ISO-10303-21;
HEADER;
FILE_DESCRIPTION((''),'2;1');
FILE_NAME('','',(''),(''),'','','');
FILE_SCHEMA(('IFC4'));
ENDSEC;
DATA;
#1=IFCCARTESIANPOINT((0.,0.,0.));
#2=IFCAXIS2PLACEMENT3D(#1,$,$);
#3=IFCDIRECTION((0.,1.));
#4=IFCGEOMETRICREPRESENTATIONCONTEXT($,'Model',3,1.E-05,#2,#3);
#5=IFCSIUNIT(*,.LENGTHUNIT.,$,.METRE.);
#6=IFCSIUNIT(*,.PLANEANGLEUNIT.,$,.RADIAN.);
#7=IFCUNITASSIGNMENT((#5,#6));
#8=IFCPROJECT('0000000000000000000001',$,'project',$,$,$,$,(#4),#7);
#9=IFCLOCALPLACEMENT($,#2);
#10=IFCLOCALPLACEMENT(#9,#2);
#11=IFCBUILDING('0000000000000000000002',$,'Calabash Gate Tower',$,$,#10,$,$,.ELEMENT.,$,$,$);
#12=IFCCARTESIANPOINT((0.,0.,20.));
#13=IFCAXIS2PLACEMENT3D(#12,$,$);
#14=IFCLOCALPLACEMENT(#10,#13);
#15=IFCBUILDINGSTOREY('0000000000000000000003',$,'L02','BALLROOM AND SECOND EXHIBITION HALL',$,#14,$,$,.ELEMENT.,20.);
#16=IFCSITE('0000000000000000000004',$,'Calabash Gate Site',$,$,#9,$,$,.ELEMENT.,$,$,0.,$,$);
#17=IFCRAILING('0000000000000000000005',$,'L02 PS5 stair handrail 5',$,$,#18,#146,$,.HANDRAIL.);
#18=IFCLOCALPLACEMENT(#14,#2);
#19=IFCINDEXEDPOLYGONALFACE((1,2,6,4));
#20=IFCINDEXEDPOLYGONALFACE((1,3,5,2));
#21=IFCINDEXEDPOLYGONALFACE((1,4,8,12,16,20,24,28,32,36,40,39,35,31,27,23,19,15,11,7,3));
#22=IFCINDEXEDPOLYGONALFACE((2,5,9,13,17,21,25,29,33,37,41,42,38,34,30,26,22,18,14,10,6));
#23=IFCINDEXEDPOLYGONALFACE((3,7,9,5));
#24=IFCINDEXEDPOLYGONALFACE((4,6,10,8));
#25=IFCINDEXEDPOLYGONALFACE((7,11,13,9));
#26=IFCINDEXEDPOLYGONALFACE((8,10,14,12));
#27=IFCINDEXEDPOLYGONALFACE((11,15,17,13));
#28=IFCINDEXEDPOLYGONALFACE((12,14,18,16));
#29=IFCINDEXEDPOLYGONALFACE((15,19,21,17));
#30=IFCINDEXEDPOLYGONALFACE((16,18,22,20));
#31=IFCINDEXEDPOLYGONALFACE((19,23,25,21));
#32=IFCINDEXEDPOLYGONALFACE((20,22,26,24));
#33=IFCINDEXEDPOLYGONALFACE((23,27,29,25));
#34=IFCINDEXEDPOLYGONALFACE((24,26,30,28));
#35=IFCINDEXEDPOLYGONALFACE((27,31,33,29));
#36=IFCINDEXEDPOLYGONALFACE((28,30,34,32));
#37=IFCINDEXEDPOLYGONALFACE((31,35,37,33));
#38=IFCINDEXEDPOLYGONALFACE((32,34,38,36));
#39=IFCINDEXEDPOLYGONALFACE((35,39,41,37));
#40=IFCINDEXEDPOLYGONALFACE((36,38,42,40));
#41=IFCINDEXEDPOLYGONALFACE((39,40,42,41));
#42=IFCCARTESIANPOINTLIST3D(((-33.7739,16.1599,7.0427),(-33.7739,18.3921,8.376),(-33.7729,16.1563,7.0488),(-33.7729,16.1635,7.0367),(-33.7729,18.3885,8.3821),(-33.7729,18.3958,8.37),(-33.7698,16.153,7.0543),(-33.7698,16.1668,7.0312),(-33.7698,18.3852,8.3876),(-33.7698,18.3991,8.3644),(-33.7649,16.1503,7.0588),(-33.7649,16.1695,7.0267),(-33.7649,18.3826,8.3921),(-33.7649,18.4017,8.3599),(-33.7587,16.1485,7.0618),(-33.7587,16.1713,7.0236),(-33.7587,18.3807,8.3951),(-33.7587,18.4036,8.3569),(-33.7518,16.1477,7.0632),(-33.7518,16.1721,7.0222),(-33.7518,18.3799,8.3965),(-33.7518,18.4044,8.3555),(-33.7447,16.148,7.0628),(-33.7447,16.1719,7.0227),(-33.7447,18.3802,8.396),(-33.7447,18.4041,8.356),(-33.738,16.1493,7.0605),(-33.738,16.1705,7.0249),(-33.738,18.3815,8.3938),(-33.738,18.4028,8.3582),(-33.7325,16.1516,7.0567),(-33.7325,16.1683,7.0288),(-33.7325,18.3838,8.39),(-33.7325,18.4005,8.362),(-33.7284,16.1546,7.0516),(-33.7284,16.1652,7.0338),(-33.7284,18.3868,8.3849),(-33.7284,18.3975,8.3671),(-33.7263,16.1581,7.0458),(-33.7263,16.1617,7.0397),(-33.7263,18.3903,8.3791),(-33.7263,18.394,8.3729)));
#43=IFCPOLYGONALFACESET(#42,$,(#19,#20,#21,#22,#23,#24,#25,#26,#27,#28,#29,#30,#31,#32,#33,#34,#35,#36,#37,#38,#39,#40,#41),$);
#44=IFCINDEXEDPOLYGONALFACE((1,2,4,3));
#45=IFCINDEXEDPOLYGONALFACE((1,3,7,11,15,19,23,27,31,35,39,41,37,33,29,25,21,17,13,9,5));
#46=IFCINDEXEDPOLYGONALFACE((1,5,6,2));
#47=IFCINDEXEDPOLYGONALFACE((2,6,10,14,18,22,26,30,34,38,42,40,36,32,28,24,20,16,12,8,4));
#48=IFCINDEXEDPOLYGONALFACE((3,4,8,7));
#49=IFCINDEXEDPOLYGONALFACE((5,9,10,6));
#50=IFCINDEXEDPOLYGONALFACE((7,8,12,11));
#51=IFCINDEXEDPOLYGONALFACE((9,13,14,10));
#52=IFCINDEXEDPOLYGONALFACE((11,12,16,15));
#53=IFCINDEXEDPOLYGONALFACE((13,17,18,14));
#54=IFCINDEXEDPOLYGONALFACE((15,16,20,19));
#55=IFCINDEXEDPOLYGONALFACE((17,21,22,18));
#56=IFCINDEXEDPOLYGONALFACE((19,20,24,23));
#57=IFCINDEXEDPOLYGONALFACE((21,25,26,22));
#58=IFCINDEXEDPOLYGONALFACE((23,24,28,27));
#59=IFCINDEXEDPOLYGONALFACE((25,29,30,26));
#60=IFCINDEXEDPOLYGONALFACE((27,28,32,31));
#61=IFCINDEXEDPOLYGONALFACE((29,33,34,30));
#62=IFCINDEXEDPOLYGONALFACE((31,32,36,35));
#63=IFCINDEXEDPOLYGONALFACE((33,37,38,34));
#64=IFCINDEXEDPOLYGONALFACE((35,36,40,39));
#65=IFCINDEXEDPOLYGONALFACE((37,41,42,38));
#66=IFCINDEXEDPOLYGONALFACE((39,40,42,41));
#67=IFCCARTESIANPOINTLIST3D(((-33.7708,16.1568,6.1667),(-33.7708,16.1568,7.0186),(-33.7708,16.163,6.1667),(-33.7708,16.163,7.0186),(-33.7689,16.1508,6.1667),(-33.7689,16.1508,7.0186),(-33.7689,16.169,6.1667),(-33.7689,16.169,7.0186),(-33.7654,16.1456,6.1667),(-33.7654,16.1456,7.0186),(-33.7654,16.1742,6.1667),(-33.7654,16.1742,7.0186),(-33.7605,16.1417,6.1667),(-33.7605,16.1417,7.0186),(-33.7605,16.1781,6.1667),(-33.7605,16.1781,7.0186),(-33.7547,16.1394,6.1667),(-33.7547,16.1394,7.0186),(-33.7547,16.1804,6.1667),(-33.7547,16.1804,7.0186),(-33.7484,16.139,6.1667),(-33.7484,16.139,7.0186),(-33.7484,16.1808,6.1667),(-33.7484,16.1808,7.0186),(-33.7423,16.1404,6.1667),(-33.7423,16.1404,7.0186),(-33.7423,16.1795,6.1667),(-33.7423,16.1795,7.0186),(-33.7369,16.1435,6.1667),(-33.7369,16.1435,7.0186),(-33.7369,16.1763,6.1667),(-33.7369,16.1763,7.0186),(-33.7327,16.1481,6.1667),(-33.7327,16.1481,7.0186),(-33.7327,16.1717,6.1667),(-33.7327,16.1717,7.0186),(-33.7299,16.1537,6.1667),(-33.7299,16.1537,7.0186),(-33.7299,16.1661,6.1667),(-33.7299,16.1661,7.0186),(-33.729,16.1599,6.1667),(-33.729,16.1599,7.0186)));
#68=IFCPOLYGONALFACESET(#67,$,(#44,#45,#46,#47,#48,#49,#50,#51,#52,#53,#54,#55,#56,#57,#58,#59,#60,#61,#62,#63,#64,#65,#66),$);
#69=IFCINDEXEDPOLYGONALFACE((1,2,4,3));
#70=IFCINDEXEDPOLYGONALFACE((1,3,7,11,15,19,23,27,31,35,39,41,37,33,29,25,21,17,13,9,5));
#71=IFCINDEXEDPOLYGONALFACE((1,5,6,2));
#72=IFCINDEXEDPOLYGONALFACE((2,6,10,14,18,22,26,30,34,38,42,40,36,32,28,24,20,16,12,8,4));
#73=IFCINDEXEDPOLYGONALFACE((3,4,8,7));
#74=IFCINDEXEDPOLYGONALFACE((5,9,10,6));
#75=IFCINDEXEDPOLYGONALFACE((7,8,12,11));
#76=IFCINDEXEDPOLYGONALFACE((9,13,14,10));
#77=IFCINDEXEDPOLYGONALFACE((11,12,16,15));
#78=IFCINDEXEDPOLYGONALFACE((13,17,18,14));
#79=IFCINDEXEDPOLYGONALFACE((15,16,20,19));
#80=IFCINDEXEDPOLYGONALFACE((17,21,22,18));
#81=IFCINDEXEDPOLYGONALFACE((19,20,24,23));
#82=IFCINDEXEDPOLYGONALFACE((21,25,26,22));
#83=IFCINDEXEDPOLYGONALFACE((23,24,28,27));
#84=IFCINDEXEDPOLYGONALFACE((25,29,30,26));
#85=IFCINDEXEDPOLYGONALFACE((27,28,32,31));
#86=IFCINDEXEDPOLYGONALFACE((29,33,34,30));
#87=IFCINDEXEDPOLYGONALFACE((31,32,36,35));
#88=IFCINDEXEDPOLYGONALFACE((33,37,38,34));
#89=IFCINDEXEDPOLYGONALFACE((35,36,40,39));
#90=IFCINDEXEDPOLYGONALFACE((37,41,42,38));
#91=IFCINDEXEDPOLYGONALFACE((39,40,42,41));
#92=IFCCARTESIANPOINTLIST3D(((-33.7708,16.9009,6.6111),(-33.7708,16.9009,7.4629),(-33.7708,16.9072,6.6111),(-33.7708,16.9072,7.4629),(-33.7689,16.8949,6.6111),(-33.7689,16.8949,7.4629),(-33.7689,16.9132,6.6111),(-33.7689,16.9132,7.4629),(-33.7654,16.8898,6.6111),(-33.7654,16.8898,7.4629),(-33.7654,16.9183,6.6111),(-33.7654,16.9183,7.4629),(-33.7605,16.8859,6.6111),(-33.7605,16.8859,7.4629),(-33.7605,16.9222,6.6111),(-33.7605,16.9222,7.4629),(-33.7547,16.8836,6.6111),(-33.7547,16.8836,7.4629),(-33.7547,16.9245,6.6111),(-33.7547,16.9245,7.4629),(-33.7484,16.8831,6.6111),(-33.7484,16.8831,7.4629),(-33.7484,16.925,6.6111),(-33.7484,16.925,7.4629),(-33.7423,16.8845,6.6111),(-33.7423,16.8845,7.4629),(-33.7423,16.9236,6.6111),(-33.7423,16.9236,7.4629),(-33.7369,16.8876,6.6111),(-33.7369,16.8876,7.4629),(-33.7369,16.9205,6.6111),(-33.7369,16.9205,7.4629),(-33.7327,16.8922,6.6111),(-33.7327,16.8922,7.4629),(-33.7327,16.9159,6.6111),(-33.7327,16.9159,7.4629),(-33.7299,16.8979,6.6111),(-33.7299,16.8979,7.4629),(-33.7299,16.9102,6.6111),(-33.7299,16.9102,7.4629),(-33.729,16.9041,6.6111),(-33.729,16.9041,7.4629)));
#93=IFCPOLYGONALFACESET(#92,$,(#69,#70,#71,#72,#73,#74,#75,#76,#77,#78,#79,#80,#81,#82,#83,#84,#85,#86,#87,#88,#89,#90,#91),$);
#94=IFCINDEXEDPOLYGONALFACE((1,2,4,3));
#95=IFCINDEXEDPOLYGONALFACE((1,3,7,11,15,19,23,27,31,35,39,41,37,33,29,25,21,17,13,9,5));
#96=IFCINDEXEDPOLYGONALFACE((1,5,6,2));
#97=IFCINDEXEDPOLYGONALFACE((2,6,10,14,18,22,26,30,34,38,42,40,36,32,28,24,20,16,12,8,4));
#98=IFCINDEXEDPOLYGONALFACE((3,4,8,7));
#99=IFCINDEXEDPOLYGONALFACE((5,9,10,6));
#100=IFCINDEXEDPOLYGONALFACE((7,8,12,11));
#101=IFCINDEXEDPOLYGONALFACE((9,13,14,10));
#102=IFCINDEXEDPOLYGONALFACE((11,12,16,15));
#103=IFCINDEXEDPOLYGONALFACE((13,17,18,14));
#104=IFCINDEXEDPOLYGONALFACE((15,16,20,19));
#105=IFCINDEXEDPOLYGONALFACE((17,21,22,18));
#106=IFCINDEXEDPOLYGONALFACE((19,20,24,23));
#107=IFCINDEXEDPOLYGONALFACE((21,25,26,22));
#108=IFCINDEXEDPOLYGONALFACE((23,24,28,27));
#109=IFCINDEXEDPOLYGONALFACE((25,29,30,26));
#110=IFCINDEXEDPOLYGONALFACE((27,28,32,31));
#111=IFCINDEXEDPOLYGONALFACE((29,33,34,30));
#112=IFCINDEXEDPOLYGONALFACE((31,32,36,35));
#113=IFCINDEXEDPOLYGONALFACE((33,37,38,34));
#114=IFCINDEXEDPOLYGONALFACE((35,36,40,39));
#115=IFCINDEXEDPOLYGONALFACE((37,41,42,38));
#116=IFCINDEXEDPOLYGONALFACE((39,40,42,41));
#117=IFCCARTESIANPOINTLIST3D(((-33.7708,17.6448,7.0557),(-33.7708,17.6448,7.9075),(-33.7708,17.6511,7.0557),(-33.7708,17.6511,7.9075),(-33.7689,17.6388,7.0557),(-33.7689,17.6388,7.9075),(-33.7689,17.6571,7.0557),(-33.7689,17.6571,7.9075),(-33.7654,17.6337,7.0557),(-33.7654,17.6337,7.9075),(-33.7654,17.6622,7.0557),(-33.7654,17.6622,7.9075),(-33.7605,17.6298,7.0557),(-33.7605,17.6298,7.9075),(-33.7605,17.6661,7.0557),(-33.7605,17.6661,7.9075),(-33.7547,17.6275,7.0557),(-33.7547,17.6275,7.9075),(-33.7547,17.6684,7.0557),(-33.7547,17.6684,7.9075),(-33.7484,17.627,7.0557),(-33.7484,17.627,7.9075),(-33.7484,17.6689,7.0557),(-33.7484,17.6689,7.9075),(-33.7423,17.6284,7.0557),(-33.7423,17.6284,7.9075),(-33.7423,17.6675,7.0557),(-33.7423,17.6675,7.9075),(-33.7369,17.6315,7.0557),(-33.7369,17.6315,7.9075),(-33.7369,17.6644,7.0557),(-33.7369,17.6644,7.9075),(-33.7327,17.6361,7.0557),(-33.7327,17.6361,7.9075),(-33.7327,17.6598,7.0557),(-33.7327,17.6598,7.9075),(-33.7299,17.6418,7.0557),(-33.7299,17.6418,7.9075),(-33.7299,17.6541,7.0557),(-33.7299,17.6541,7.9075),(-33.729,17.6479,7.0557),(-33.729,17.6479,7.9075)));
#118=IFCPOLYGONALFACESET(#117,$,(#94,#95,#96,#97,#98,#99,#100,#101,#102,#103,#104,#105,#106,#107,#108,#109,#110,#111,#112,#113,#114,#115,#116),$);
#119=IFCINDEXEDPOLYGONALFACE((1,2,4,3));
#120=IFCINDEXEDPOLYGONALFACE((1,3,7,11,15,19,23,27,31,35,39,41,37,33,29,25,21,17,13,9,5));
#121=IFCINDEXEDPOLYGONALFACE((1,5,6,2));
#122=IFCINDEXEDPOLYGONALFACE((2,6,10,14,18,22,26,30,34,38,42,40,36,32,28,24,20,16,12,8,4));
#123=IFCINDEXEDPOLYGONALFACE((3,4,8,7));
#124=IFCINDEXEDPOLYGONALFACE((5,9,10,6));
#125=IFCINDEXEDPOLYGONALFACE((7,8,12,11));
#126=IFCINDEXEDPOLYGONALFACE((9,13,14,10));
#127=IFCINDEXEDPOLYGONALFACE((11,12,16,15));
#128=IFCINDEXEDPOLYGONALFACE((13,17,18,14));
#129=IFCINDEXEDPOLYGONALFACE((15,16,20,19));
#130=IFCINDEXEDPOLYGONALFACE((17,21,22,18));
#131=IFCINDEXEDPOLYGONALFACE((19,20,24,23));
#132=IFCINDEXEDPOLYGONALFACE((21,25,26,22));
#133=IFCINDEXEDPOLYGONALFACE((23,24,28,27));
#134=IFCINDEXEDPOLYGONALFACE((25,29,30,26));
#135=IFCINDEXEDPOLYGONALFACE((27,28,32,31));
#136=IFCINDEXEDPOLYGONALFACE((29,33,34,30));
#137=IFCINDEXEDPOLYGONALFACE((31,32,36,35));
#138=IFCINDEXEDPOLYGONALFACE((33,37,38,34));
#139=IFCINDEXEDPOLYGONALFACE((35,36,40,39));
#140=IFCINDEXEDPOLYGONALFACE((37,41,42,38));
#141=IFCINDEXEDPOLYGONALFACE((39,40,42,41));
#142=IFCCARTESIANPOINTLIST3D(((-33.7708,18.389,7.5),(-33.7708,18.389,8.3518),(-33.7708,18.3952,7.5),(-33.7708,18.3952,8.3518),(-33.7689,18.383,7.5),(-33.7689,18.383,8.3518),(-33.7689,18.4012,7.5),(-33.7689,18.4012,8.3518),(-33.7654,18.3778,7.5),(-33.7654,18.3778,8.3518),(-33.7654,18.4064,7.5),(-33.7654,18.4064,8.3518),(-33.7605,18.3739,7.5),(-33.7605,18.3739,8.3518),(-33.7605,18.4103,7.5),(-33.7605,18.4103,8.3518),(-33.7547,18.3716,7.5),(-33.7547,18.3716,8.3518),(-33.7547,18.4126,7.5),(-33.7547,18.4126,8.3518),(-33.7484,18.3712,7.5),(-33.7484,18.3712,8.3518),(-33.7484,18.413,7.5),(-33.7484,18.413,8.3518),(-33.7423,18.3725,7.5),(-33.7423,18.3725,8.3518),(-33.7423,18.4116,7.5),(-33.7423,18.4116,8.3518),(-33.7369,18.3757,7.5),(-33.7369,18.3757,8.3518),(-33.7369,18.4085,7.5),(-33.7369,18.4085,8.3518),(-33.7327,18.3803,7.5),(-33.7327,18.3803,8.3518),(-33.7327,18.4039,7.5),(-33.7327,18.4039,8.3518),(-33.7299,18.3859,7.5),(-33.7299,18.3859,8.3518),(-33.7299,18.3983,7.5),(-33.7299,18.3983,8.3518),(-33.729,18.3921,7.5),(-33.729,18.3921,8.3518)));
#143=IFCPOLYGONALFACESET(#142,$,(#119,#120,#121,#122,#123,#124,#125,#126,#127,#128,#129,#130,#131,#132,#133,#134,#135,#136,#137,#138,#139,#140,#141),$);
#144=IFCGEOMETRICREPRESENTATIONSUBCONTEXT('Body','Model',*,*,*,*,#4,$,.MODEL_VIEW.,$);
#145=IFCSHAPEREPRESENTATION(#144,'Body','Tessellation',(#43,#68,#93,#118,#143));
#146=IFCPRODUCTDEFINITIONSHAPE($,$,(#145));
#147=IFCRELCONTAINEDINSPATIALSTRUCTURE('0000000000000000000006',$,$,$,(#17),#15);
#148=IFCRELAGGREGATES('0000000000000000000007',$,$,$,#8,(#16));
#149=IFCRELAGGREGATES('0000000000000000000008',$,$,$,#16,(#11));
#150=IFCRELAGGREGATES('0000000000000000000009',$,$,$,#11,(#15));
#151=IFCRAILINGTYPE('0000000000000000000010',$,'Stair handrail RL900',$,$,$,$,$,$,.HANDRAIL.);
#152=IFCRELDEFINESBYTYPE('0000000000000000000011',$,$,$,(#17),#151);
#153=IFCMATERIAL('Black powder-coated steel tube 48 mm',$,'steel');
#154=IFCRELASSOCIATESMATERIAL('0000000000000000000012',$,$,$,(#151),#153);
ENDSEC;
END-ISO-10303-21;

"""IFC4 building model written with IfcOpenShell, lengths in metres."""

from ifc_helpers import new_model, si_unit, direction, frame, origin, origin_2d, place, context, subcontext, project, spatial, circle, extrude, material, type_object, element, save


model = new_model("IFC4")

# Units and contexts
model_context = context("Model", 3, precision=1e-05, world=origin(), true_north=direction((0.0, 1.0)))
body_context = subcontext(model_context, "Body", "Model", "MODEL_VIEW")
ifc_project = project(units=[si_unit("LENGTHUNIT", "METRE"), si_unit("PLANEANGLEUNIT", "RADIAN")], contexts=[model_context])

# Site, building, storey
site_placement = place(None, origin())
site = spatial("IfcSite", under=ifc_project, at=site_placement, Name="Calabash Gate Site", CompositionType="ELEMENT", RefElevation=0.0)
building_placement = place(site_placement, origin())
building = spatial("IfcBuilding", under=site, at=building_placement, Name="Calabash Gate Tower", CompositionType="ELEMENT")
storey_placement = place(building_placement, frame((0.0, 0.0, 20.0)))
storey = spatial("IfcBuildingStorey", under=building, at=storey_placement, Name="L02", Description="BALLROOM AND SECOND EXHIBITION HALL", CompositionType="ELEMENT", Elevation=20.0)

# Railing
ifc_material_1 = material(Name="Black powder-coated steel tube 48 mm", Category="steel")
railing_type_1 = type_object("IfcRailingType", Name="Stair handrail RL900", PredefinedType="HANDRAIL", material=ifc_material_1)
for number, where, name in (
    (1, (-33.75, 16.1599, 6.1667), "L02 PS5 stair handrail 5"),
):
    element("IfcRailing", number, at=place(storey_placement, frame(where)), inside=storey, type_object=railing_type_1, Name=name, PredefinedType="HANDRAIL", context=body_context, shape_type="SweptSolid", body=[
        extrude(circle(Radius=0.0239, at=origin_2d()), frame((0.0, 0.0, 0.876), z_axis=(0.0, 0.858519, 0.512782), x_axis=(-1.0, 0.0, 0.0)), (0.0, 0.0, 1.0), 2.6001),
        extrude(circle(Radius=0.021, at=origin_2d()), origin(), (0.0, 0.0, 1.0), 0.8518),
        extrude(circle(Radius=0.021, at=origin_2d()), frame((0.0, 0.7441, 0.4443)), (0.0, 0.0, 1.0), 0.8518),
        extrude(circle(Radius=0.021, at=origin_2d()), frame((0.0, 1.488, 0.8889)), (0.0, 0.0, 1.0), 0.8518),
        extrude(circle(Radius=0.021, at=origin_2d()), frame((0.0, 2.2322, 1.3333)), (0.0, 0.0, 1.0), 0.8518),
    ])

save(model, "model.ifc")
